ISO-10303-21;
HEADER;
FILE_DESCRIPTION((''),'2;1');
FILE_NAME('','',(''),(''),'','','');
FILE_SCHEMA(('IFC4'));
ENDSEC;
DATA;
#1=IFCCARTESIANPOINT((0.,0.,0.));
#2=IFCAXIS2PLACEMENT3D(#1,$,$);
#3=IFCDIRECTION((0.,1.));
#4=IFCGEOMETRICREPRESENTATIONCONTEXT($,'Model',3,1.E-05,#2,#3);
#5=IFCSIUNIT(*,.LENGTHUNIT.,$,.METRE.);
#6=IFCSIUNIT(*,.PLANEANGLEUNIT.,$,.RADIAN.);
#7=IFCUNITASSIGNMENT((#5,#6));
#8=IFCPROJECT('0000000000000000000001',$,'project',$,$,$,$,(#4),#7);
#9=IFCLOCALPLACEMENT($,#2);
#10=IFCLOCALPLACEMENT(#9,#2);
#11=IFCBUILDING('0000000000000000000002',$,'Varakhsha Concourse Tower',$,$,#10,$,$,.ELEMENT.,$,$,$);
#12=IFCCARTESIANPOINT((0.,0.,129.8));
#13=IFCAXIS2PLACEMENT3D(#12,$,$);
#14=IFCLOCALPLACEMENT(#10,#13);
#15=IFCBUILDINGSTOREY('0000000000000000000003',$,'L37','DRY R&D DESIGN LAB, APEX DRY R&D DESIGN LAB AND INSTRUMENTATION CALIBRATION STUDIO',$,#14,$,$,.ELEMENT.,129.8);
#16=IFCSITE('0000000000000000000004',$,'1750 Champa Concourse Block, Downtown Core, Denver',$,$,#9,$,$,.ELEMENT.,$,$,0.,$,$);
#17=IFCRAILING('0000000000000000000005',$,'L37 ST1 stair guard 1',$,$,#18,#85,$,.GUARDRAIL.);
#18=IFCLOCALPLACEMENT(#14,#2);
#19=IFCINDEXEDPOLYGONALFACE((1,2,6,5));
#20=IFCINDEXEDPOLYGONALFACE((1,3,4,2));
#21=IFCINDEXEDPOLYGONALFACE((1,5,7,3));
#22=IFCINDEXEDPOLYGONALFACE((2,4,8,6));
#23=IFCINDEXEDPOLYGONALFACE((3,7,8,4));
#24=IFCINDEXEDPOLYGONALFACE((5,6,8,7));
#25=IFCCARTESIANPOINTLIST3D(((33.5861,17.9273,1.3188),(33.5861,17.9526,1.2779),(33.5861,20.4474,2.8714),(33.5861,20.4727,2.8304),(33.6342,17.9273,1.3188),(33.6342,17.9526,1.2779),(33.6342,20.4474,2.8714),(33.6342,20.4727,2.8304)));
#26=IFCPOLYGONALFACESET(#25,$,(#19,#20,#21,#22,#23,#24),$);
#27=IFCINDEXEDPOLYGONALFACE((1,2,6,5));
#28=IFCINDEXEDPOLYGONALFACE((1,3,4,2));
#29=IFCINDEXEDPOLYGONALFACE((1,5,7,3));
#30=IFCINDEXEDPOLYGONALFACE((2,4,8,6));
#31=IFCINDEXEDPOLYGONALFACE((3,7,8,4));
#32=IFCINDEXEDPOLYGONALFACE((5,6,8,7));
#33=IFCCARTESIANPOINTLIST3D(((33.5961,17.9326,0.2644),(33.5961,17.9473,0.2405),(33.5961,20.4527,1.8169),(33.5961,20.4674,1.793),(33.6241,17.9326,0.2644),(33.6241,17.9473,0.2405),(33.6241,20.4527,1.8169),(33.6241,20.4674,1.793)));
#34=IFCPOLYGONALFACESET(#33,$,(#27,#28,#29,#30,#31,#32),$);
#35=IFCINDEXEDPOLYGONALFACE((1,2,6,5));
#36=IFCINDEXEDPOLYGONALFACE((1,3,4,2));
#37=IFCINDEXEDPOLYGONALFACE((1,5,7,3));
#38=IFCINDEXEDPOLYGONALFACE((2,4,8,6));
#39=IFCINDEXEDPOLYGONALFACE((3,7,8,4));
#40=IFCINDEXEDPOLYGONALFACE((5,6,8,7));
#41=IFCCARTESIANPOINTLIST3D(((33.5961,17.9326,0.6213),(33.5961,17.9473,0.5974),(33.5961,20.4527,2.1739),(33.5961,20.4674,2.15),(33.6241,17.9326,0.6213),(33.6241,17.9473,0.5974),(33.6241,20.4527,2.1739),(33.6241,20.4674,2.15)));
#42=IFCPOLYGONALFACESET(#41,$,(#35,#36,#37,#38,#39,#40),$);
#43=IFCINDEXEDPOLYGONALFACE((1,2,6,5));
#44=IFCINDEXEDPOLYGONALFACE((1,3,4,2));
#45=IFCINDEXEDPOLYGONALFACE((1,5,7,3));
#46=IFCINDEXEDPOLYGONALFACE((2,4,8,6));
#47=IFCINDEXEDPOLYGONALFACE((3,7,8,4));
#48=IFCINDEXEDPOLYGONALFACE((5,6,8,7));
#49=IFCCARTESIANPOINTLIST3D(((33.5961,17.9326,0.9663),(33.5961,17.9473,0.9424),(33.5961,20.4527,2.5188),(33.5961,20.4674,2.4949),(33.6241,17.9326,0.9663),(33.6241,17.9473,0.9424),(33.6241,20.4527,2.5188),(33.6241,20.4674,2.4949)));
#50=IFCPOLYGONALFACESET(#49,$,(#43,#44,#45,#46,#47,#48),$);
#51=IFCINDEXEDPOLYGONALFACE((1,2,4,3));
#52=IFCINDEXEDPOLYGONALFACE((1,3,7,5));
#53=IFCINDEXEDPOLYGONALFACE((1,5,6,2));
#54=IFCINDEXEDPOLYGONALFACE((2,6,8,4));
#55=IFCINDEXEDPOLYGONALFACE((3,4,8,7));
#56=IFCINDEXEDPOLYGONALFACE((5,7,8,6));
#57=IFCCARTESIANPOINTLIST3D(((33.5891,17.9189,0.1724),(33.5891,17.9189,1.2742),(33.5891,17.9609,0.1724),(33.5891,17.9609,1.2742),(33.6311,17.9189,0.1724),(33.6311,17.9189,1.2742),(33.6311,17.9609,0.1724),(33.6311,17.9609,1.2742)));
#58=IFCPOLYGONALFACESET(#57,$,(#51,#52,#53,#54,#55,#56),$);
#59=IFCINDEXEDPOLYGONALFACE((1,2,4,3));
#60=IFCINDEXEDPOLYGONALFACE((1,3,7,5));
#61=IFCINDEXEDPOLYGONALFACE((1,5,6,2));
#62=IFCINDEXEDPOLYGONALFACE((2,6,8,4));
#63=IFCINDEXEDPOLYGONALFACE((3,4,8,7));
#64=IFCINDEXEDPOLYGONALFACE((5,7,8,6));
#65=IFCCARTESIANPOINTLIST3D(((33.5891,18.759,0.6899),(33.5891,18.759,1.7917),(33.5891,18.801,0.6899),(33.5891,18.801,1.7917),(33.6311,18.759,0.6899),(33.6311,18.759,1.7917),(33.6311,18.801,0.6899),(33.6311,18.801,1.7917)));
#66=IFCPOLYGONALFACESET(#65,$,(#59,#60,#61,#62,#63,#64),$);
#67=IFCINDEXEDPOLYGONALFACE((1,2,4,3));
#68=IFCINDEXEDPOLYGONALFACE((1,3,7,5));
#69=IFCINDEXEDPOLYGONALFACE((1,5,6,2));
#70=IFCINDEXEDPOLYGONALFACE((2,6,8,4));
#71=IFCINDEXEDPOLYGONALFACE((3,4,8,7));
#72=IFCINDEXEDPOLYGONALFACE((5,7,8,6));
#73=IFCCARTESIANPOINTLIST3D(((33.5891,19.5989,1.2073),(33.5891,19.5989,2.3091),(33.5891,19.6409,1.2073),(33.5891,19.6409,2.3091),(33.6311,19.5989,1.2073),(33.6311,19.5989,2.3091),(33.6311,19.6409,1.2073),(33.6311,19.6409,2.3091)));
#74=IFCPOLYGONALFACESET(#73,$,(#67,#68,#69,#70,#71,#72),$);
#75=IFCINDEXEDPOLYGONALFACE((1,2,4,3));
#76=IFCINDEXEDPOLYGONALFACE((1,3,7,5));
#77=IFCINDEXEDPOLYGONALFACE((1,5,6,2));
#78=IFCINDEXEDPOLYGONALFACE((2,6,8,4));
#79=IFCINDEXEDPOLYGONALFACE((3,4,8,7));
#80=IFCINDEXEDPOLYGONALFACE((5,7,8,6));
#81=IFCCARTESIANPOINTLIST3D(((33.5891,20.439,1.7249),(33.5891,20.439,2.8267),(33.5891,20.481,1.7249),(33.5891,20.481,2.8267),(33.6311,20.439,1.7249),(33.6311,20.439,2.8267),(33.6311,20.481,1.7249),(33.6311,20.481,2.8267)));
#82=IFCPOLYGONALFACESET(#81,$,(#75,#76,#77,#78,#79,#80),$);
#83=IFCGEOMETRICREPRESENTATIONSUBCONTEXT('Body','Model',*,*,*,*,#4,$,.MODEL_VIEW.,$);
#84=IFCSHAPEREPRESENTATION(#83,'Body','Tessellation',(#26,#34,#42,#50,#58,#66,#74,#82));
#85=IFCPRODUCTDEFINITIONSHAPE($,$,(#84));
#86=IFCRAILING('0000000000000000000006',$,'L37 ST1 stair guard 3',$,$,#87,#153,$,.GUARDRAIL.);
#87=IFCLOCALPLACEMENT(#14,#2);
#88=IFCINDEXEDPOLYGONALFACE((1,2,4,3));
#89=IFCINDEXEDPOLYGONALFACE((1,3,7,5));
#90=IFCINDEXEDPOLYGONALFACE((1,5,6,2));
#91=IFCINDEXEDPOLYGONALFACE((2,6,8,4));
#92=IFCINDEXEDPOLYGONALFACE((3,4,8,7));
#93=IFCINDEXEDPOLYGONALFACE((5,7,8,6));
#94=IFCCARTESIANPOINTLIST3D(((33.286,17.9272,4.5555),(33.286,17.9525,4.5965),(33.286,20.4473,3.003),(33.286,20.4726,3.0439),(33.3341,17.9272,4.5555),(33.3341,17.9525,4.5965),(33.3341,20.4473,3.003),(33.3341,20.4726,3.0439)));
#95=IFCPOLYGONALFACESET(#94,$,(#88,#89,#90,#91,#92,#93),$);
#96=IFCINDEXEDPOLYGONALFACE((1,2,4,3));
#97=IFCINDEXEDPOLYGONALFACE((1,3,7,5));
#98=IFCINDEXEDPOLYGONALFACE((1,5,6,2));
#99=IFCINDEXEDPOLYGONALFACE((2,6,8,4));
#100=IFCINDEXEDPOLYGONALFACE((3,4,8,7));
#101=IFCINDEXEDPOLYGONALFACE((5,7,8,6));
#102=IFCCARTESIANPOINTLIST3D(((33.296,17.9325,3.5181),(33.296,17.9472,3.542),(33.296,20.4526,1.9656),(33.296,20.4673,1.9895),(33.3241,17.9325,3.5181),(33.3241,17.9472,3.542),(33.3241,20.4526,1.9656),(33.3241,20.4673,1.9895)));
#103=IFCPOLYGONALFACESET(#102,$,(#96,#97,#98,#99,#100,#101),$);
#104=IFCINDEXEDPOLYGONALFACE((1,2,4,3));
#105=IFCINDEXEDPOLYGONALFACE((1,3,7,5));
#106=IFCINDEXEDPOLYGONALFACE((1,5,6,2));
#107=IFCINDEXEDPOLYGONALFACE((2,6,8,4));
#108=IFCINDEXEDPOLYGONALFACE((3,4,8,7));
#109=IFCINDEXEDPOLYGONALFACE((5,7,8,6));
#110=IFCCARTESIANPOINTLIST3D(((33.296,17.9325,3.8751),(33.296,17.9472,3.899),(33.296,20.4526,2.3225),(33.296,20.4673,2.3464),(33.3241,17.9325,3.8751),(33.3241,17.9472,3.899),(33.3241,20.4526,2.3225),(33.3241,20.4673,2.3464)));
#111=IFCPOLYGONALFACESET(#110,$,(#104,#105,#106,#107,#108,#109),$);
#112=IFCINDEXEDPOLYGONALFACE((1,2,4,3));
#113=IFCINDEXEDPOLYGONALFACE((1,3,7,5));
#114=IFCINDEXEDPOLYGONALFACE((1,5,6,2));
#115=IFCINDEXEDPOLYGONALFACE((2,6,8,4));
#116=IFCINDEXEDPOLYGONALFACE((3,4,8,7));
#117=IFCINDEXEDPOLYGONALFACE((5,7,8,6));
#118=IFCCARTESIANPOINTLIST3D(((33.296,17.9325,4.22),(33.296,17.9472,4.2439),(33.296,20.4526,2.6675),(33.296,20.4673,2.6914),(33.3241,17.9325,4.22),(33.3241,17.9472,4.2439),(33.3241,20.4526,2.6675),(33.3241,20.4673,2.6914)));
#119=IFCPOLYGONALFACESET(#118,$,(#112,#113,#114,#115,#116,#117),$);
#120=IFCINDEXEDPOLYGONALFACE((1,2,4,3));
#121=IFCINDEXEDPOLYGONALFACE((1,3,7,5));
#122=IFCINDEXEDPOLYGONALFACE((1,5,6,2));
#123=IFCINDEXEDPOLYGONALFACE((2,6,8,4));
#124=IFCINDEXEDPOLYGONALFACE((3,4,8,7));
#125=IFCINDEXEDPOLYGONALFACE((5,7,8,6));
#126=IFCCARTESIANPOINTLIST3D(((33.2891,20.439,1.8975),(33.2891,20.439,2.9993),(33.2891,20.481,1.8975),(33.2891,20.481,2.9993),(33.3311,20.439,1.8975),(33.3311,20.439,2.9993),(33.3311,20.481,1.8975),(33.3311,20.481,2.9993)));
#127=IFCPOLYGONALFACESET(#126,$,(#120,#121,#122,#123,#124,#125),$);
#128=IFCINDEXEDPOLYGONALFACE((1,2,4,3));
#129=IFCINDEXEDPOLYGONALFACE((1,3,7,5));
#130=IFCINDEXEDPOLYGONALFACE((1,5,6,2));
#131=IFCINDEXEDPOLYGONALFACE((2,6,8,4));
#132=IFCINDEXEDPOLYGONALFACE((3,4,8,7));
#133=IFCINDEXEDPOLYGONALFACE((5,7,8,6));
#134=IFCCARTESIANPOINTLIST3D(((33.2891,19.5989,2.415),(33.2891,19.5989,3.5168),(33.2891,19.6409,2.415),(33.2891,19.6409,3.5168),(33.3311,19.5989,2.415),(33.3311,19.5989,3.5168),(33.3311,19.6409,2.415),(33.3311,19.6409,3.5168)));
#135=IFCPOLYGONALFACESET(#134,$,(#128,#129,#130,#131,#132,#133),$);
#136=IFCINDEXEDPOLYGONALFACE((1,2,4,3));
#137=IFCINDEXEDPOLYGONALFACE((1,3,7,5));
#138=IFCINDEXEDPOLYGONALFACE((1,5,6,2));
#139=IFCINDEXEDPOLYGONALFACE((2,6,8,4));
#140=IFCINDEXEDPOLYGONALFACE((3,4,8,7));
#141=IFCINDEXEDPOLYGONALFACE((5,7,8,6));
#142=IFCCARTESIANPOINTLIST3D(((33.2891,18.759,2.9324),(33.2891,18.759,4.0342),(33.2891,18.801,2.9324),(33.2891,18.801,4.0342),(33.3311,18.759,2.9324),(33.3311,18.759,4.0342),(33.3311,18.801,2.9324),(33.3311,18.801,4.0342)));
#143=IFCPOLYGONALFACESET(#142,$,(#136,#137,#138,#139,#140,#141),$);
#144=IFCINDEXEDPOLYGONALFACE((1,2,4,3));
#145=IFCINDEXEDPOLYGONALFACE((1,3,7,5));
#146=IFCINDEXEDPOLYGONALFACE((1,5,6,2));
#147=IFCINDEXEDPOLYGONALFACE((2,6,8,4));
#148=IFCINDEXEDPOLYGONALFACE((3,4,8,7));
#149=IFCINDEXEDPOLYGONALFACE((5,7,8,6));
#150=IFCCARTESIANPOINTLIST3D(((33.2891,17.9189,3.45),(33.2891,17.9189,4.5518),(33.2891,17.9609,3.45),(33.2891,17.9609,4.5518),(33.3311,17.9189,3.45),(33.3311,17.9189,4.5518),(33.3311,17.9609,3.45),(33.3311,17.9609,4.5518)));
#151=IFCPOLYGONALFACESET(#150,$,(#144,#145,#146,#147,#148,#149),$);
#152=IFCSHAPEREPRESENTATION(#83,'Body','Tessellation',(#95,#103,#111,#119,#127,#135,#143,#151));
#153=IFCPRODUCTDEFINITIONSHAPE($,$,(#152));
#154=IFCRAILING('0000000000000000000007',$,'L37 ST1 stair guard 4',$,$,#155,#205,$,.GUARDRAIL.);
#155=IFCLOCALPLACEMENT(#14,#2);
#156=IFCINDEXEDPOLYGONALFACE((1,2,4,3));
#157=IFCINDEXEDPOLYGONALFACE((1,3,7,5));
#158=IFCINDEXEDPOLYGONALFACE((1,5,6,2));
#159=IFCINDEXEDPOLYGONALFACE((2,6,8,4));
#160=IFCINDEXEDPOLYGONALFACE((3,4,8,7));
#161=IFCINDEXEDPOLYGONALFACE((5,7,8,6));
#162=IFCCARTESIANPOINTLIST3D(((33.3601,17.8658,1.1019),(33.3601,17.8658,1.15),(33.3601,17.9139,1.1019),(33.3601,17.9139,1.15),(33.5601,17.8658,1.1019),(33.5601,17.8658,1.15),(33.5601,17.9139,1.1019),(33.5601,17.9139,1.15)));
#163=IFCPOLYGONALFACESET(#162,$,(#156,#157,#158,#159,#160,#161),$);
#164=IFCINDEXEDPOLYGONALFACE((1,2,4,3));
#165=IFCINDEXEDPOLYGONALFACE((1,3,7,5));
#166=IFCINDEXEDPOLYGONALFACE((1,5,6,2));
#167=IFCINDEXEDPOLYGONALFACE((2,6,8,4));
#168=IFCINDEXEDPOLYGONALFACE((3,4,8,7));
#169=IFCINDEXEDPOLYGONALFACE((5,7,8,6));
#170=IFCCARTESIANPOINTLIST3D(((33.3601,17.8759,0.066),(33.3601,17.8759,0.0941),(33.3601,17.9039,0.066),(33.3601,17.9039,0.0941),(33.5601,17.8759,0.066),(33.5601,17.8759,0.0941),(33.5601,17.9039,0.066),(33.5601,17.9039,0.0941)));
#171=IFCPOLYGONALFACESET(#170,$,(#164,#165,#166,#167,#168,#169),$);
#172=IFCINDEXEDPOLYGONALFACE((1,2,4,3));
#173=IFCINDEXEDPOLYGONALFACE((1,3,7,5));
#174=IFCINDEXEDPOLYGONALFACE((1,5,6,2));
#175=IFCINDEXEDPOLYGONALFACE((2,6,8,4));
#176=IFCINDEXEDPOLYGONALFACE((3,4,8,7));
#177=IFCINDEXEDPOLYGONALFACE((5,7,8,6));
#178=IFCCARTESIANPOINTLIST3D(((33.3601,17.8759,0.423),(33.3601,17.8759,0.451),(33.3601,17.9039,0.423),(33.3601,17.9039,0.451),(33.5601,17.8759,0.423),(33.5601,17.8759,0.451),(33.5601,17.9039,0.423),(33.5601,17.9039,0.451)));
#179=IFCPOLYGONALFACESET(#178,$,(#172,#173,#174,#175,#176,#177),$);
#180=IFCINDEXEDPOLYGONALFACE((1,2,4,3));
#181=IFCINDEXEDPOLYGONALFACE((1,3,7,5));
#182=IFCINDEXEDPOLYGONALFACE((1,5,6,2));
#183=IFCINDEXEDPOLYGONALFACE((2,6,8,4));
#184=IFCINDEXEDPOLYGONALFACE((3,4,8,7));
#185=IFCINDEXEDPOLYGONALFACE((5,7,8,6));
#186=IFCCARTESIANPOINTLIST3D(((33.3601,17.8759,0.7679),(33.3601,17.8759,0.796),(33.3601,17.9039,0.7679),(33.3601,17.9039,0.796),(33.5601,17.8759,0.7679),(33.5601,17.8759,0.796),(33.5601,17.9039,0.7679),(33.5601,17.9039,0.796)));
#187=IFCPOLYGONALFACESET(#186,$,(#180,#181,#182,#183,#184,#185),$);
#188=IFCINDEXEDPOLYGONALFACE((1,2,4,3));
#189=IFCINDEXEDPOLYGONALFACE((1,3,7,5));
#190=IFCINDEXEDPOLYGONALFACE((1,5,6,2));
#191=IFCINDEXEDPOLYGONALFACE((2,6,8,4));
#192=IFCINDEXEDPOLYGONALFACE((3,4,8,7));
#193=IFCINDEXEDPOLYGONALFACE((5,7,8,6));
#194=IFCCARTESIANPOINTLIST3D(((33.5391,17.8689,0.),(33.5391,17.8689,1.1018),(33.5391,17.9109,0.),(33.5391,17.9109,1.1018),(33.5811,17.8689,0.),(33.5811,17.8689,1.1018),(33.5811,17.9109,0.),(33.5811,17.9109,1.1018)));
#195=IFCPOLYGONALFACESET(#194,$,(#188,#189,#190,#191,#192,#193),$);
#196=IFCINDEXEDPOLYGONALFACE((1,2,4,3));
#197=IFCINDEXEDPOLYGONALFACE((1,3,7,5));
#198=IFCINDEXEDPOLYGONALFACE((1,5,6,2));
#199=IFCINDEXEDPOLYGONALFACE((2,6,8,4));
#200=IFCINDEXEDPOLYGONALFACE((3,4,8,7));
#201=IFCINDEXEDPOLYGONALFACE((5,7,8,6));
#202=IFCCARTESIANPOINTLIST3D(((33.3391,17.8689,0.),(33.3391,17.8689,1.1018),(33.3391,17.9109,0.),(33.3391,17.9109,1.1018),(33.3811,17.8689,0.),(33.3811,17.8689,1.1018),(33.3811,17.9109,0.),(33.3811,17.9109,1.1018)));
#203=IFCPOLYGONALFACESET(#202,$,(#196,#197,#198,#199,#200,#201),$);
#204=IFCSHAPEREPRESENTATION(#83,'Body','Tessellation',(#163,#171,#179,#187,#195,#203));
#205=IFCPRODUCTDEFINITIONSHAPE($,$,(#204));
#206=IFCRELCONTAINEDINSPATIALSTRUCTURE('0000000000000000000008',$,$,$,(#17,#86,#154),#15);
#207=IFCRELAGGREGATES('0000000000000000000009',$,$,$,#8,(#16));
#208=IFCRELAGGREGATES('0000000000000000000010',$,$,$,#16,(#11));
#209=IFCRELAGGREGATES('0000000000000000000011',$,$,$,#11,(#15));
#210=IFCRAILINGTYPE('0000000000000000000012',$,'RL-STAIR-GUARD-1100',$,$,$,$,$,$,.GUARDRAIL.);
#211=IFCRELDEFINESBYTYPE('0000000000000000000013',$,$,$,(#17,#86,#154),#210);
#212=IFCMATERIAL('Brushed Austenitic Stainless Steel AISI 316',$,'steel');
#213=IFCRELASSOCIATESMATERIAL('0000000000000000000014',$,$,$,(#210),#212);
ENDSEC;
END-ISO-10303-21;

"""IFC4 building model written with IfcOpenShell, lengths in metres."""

from ifc_helpers import new_model, si_unit, direction, frame, origin, origin_2d, place, context, subcontext, project, spatial, rectangle, extrude, material, type_object, element, save


model = new_model("IFC4")

# Units and contexts
model_context = context("Model", 3, precision=1e-05, world=origin(), true_north=direction((0.0, 1.0)))
body_context = subcontext(model_context, "Body", "Model", "MODEL_VIEW")
ifc_project = project(units=[si_unit("LENGTHUNIT", "METRE"), si_unit("PLANEANGLEUNIT", "RADIAN")], contexts=[model_context])

# Site, building, storey
site_placement = place(None, origin())
site = spatial("IfcSite", under=ifc_project, at=site_placement, Name="1750 Champa Concourse Block, Downtown Core, Denver", CompositionType="ELEMENT", RefElevation=0.0)
building_placement = place(site_placement, origin())
building = spatial("IfcBuilding", under=site, at=building_placement, Name="Varakhsha Concourse Tower", CompositionType="ELEMENT")
storey_placement = place(building_placement, frame((0.0, 0.0, 129.8)))
storey = spatial("IfcBuildingStorey", under=building, at=storey_placement, Name="L37", Description="DRY R&D DESIGN LAB, APEX DRY R&D DESIGN LAB AND INSTRUMENTATION CALIBRATION STUDIO", CompositionType="ELEMENT", Elevation=129.8)

# Railings
ifc_material_1 = material(Name="Brushed Austenitic Stainless Steel AISI 316", Category="steel")
railing_type_1 = type_object("IfcRailingType", Name="RL-STAIR-GUARD-1100", PredefinedType="GUARDRAIL", material=ifc_material_1)
railing_1_placement = place(storey_placement, frame((33.6101, 17.9399, 0.1724)))
element("IfcRailing", 1, at=railing_1_placement, inside=storey, type_object=railing_type_1, Name="L37 ST1 stair guard 1", PredefinedType="GUARDRAIL", context=body_context, shape_type="SweptSolid", body=[
    extrude(rectangle(XDim=0.0481, YDim=0.0481, at=origin_2d()), frame((0.0, 0.0, 1.126), z_axis=(0.0, 0.8514, 0.524516), x_axis=(-1.0, 0.0, 0.0)), (0.0, 0.0, 1.0), 2.96),
    extrude(rectangle(XDim=0.0281, YDim=0.0281, at=origin_2d()), frame((0.0, 0.0, 0.0801), z_axis=(0.0, 0.8514, 0.524516), x_axis=(-1.0, 0.0, 0.0)), (0.0, 0.0, 1.0), 2.96),
    extrude(rectangle(XDim=0.0281, YDim=0.0281, at=origin_2d()), frame((0.0, 0.0, 0.437), z_axis=(0.0, 0.8514, 0.524516), x_axis=(-1.0, 0.0, 0.0)), (0.0, 0.0, 1.0), 2.96),
    extrude(rectangle(XDim=0.0281, YDim=0.0281, at=origin_2d()), frame((0.0, 0.0, 0.782), z_axis=(0.0, 0.8514, 0.524516), x_axis=(-1.0, 0.0, 0.0)), (0.0, 0.0, 1.0), 2.96),
    extrude(rectangle(XDim=0.042, YDim=0.042, at=origin_2d()), origin(), (0.0, 0.0, 1.0), 1.1018),
    extrude(rectangle(XDim=0.042, YDim=0.042, at=origin_2d()), frame((0.0, 0.8401, 0.5176)), (0.0, 0.0, 1.0), 1.1018),
    extrude(rectangle(XDim=0.042, YDim=0.042, at=origin_2d()), frame((0.0, 1.6799, 1.0349)), (0.0, 0.0, 1.0), 1.1018),
    extrude(rectangle(XDim=0.042, YDim=0.042, at=origin_2d()), frame((0.0, 2.52, 1.5525)), (0.0, 0.0, 1.0), 1.1018),
])
railing_2_placement = place(storey_placement, frame((33.3101, 20.46, 1.8975)))
element("IfcRailing", 2, at=railing_2_placement, inside=storey, type_object=railing_type_1, Name="L37 ST1 stair guard 3", PredefinedType="GUARDRAIL", context=body_context, shape_type="SweptSolid", body=[
    extrude(rectangle(XDim=0.0481, YDim=0.0481, at=origin_2d()), frame((0.0, 0.0, 1.126), z_axis=(0.0, -0.8514, 0.524516), x_axis=(1.0, 0.0, 0.0)), (0.0, 0.0, 1.0), 2.96),
    extrude(rectangle(XDim=0.0281, YDim=0.0281, at=origin_2d()), frame((0.0, 0.0, 0.0801), z_axis=(0.0, -0.8514, 0.524516), x_axis=(1.0, 0.0, 0.0)), (0.0, 0.0, 1.0), 2.96),
    extrude(rectangle(XDim=0.0281, YDim=0.0281, at=origin_2d()), frame((0.0, 0.0, 0.437), z_axis=(0.0, -0.8514, 0.524516), x_axis=(1.0, 0.0, 0.0)), (0.0, 0.0, 1.0), 2.96),
    extrude(rectangle(XDim=0.0281, YDim=0.0281, at=origin_2d()), frame((0.0, 0.0, 0.782), z_axis=(0.0, -0.8514, 0.524516), x_axis=(1.0, 0.0, 0.0)), (0.0, 0.0, 1.0), 2.96),
    extrude(rectangle(XDim=0.042, YDim=0.042, at=origin_2d()), origin(), (0.0, 0.0, 1.0), 1.1018),
    extrude(rectangle(XDim=0.042, YDim=0.042, at=origin_2d()), frame((0.0, -0.8401, 0.5176)), (0.0, 0.0, 1.0), 1.1018),
    extrude(rectangle(XDim=0.042, YDim=0.042, at=origin_2d()), frame((0.0, -1.6799, 1.0349)), (0.0, 0.0, 1.0), 1.1018),
    extrude(rectangle(XDim=0.042, YDim=0.042, at=origin_2d()), frame((0.0, -2.52, 1.5525)), (0.0, 0.0, 1.0), 1.1018),
])
railing_3_placement = place(storey_placement, frame((33.5601, 17.8899, 0.0)))
element("IfcRailing", 3, at=railing_3_placement, inside=storey, type_object=railing_type_1, Name="L37 ST1 stair guard 4", PredefinedType="GUARDRAIL", context=body_context, shape_type="SweptSolid", body=[
    extrude(rectangle(XDim=0.0481, YDim=0.0481, at=origin_2d()), frame((0.0, 0.0, 1.126), z_axis=(-1.0, 0.0, 0.0), x_axis=(0.0, -1.0, 0.0)), (0.0, 0.0, 1.0), 0.2),
    extrude(rectangle(XDim=0.0281, YDim=0.0281, at=origin_2d()), frame((0.0, 0.0, 0.0801), z_axis=(-1.0, 0.0, 0.0), x_axis=(0.0, -1.0, 0.0)), (0.0, 0.0, 1.0), 0.2),
    extrude(rectangle(XDim=0.0281, YDim=0.0281, at=origin_2d()), frame((0.0, 0.0, 0.437), z_axis=(-1.0, 0.0, 0.0), x_axis=(0.0, -1.0, 0.0)), (0.0, 0.0, 1.0), 0.2),
    extrude(rectangle(XDim=0.0281, YDim=0.0281, at=origin_2d()), frame((0.0, 0.0, 0.782), z_axis=(-1.0, 0.0, 0.0), x_axis=(0.0, -1.0, 0.0)), (0.0, 0.0, 1.0), 0.2),
    extrude(rectangle(XDim=0.042, YDim=0.042, at=origin_2d()), origin(), (0.0, 0.0, 1.0), 1.1018),
    extrude(rectangle(XDim=0.042, YDim=0.042, at=origin_2d()), frame((-0.2, 0.0, 0.0)), (0.0, 0.0, 1.0), 1.1018),
])

save(model, "model.ifc")
